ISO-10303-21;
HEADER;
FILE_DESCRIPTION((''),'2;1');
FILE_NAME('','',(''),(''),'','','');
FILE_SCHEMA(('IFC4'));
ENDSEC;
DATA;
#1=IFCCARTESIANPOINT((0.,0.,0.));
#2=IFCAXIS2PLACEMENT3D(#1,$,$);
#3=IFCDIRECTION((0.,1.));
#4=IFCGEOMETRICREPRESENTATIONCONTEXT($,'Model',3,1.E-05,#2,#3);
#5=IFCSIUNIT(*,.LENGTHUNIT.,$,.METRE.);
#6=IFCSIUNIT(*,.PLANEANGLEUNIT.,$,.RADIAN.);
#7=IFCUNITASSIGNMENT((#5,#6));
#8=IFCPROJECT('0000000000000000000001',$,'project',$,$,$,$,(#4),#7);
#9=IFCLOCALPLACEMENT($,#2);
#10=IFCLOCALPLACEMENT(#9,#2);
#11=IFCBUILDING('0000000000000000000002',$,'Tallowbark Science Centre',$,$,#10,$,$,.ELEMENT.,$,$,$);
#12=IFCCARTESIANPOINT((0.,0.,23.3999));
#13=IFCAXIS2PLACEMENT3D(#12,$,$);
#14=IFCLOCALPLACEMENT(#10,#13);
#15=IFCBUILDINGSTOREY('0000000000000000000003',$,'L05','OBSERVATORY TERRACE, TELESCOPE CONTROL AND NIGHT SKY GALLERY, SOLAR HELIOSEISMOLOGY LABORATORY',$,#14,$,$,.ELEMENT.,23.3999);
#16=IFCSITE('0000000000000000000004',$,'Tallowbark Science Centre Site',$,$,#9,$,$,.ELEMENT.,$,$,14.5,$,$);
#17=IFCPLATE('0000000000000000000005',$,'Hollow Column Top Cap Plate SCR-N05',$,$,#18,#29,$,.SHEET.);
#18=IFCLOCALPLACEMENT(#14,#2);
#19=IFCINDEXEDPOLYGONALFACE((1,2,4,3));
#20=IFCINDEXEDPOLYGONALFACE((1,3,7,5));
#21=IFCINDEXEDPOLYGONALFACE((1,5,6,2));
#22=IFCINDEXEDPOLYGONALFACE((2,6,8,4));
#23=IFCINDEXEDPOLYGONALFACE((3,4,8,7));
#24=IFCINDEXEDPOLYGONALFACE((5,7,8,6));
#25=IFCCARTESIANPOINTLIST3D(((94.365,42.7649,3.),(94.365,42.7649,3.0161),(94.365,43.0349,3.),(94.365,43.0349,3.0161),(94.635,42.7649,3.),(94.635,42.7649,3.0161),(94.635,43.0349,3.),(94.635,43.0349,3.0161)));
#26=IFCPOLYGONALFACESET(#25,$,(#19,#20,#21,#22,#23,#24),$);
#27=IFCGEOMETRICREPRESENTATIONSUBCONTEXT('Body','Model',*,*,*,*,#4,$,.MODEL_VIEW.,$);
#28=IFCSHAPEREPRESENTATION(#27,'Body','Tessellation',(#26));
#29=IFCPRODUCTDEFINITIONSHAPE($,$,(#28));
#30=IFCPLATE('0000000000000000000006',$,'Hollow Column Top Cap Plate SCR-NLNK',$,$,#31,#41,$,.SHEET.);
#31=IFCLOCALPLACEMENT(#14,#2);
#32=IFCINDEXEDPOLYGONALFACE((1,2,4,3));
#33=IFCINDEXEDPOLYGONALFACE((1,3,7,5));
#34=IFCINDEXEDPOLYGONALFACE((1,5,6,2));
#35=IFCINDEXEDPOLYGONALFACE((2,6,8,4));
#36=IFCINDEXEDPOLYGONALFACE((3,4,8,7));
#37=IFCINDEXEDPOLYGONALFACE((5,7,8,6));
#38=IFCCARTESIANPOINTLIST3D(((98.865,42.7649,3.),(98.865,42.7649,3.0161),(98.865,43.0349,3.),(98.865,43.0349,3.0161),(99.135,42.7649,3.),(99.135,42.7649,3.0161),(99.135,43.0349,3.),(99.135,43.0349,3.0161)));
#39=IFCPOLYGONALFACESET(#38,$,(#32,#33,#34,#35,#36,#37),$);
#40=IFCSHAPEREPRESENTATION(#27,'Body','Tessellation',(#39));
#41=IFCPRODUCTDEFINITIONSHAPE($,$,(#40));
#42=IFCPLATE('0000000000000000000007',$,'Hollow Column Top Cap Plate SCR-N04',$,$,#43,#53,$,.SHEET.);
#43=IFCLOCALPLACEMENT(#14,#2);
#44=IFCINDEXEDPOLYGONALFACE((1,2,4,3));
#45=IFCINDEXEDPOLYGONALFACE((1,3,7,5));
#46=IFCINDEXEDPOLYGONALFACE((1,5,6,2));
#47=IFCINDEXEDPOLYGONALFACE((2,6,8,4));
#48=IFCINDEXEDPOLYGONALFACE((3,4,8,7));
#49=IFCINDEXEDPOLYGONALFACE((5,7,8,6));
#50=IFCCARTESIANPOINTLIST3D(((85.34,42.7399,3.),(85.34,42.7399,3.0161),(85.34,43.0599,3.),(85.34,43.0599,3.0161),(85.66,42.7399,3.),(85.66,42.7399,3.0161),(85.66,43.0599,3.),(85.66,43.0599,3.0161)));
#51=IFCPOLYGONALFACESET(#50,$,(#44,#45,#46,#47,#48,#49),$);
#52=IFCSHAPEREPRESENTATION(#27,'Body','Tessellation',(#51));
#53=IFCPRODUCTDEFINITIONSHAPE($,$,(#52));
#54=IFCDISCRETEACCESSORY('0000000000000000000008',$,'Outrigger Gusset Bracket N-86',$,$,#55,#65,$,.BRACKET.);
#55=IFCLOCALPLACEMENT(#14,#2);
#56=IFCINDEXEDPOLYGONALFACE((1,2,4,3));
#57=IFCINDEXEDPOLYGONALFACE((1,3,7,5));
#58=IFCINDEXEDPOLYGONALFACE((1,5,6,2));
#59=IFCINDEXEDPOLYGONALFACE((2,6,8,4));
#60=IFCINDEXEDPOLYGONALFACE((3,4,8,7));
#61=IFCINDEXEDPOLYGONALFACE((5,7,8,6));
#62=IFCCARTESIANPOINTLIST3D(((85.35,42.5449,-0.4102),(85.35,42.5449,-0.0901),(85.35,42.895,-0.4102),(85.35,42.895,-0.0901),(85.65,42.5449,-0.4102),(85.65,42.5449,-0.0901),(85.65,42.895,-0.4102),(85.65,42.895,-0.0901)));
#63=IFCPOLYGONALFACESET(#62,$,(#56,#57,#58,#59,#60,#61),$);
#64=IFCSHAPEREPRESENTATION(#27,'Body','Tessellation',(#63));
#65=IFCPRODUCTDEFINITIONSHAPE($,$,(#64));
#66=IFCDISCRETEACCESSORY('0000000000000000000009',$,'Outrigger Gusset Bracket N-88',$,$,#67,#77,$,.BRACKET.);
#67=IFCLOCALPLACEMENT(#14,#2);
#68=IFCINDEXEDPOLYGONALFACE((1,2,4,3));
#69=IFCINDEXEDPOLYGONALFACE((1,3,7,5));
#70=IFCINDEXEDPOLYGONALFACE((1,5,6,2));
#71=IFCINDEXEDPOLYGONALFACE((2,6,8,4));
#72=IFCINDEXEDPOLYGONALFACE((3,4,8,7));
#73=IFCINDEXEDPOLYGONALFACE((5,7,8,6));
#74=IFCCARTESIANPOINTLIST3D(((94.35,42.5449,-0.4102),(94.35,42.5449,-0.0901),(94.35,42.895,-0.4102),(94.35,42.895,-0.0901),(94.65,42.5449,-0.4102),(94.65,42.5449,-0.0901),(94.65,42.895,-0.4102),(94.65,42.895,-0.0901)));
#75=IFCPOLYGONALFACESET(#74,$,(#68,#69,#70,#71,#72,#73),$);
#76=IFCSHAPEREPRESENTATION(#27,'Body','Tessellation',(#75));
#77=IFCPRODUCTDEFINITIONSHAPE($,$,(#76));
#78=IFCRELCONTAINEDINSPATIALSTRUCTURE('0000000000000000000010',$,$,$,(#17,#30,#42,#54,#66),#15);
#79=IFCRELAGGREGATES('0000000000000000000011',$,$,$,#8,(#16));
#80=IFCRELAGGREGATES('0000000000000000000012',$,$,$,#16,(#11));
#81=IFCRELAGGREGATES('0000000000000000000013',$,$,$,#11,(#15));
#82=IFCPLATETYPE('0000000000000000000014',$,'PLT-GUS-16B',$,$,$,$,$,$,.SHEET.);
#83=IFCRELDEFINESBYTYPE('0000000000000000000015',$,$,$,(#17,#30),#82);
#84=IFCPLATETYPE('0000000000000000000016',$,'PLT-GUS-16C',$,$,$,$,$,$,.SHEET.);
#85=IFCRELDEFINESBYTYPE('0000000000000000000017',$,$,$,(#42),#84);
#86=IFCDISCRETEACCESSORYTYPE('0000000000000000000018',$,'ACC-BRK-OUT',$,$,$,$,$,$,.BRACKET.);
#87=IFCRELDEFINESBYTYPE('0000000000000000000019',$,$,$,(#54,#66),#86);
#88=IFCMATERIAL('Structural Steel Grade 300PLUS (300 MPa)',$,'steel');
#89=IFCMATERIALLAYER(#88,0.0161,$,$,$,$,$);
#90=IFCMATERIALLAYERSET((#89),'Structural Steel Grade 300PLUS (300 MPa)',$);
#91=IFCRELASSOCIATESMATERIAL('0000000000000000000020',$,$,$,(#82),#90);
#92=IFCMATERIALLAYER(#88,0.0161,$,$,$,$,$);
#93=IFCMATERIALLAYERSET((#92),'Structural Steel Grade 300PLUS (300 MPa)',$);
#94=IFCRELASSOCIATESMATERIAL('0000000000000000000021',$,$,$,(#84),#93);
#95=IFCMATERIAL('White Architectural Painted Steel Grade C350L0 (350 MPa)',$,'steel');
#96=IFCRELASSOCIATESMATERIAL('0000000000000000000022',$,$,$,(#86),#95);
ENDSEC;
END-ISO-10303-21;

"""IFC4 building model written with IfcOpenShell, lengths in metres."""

from ifc_helpers import new_model, si_unit, direction, frame, origin, origin_2d, place, context, subcontext, project, spatial, rectangle, extrude, material, layer, layer_set, type_object, element, save


model = new_model("IFC4")

# Units and contexts
model_context = context("Model", 3, precision=1e-05, world=origin(), true_north=direction((0.0, 1.0)))
body_context = subcontext(model_context, "Body", "Model", "MODEL_VIEW")
ifc_project = project(units=[si_unit("LENGTHUNIT", "METRE"), si_unit("PLANEANGLEUNIT", "RADIAN")], contexts=[model_context])

# Site, building, storey
site_placement = place(None, origin())
site = spatial("IfcSite", under=ifc_project, at=site_placement, Name="Tallowbark Science Centre Site", CompositionType="ELEMENT", RefElevation=14.5)
building_placement = place(site_placement, origin())
building = spatial("IfcBuilding", under=site, at=building_placement, Name="Tallowbark Science Centre", CompositionType="ELEMENT")
storey_placement = place(building_placement, frame((0.0, 0.0, 23.3999)))
storey = spatial("IfcBuildingStorey", under=building, at=storey_placement, Name="L05", Description="OBSERVATORY TERRACE, TELESCOPE CONTROL AND NIGHT SKY GALLERY, SOLAR HELIOSEISMOLOGY LABORATORY", CompositionType="ELEMENT", Elevation=23.3999)

# Shared definitions
ifc_material_1 = material(Name="White Architectural Painted Steel Grade C350L0 (350 MPa)", Category="steel")
ifc_material_2 = material(Name="Structural Steel Grade 300PLUS (300 MPa)", Category="steel")

# Plates
ifc_layer_1 = layer(ifc_material_2, 0.0161)
ifc_layer_set_1 = layer_set([ifc_layer_1], Name="Structural Steel Grade 300PLUS (300 MPa)")
plate_type_1 = type_object("IfcPlateType", Name="PLT-GUS-16B", PredefinedType="SHEET", material=ifc_layer_set_1)
for number, where, z_axis, x_axis, name in (
    (1, (94.5, 42.8999, 3.0), (0.0, 0.0, 1.0), (1.0, 0.0, 0.0), "Hollow Column Top Cap Plate SCR-N05"),
    (2, (99.0, 42.8999, 3.0), (0.0, 0.0, 1.0), (1.0, 0.0, 0.0), "Hollow Column Top Cap Plate SCR-NLNK"),
):
    element("IfcPlate", number, at=place(storey_placement, frame(where, z_axis=z_axis, x_axis=x_axis)), inside=storey, type_object=plate_type_1, Name=name, PredefinedType="SHEET", context=body_context, shape_type="SweptSolid", body=[
        extrude(rectangle(XDim=0.27, YDim=0.27, at=origin_2d()), origin(), (0.0, 0.0, 1.0), 0.0161),
    ])
ifc_layer_2 = layer(ifc_material_2, 0.0161)
ifc_layer_set_2 = layer_set([ifc_layer_2], Name="Structural Steel Grade 300PLUS (300 MPa)")
plate_type_2 = type_object("IfcPlateType", Name="PLT-GUS-16C", PredefinedType="SHEET", material=ifc_layer_set_2)
plate_placement = place(storey_placement, frame((85.5, 42.8999, 3.0), z_axis=(0.0, 0.0, 1.0), x_axis=(1.0, 0.0, 0.0)))
element("IfcPlate", 3, at=plate_placement, inside=storey, type_object=plate_type_2, Name="Hollow Column Top Cap Plate SCR-N04", PredefinedType="SHEET", context=body_context, shape_type="SweptSolid", body=[
    extrude(rectangle(XDim=0.3201, YDim=0.3201, at=origin_2d()), origin(), (0.0, 0.0, 1.0), 0.0161),
])

# Discrete accessories
discrete_accessory_type = type_object("IfcDiscreteAccessoryType", Name="ACC-BRK-OUT", PredefinedType="BRACKET", material=ifc_material_1)
for number, where, z_axis, x_axis, name in (
    (4, (85.5, 42.72, -0.4102), (0.0, 0.0, 1.0), (1.0, 0.0, 0.0), "Outrigger Gusset Bracket N-86"),
    (5, (94.5, 42.72, -0.4102), (0.0, 0.0, 1.0), (1.0, 0.0, 0.0), "Outrigger Gusset Bracket N-88"),
):
    element("IfcDiscreteAccessory", number, at=place(storey_placement, frame(where, z_axis=z_axis, x_axis=x_axis)), inside=storey, type_object=discrete_accessory_type, Name=name, PredefinedType="BRACKET", context=body_context, shape_type="SweptSolid", body=[
        extrude(rectangle(XDim=0.3, YDim=0.3501, at=origin_2d()), origin(), (0.0, 0.0, 1.0), 0.3201),
    ])

save(model, "model.ifc")
